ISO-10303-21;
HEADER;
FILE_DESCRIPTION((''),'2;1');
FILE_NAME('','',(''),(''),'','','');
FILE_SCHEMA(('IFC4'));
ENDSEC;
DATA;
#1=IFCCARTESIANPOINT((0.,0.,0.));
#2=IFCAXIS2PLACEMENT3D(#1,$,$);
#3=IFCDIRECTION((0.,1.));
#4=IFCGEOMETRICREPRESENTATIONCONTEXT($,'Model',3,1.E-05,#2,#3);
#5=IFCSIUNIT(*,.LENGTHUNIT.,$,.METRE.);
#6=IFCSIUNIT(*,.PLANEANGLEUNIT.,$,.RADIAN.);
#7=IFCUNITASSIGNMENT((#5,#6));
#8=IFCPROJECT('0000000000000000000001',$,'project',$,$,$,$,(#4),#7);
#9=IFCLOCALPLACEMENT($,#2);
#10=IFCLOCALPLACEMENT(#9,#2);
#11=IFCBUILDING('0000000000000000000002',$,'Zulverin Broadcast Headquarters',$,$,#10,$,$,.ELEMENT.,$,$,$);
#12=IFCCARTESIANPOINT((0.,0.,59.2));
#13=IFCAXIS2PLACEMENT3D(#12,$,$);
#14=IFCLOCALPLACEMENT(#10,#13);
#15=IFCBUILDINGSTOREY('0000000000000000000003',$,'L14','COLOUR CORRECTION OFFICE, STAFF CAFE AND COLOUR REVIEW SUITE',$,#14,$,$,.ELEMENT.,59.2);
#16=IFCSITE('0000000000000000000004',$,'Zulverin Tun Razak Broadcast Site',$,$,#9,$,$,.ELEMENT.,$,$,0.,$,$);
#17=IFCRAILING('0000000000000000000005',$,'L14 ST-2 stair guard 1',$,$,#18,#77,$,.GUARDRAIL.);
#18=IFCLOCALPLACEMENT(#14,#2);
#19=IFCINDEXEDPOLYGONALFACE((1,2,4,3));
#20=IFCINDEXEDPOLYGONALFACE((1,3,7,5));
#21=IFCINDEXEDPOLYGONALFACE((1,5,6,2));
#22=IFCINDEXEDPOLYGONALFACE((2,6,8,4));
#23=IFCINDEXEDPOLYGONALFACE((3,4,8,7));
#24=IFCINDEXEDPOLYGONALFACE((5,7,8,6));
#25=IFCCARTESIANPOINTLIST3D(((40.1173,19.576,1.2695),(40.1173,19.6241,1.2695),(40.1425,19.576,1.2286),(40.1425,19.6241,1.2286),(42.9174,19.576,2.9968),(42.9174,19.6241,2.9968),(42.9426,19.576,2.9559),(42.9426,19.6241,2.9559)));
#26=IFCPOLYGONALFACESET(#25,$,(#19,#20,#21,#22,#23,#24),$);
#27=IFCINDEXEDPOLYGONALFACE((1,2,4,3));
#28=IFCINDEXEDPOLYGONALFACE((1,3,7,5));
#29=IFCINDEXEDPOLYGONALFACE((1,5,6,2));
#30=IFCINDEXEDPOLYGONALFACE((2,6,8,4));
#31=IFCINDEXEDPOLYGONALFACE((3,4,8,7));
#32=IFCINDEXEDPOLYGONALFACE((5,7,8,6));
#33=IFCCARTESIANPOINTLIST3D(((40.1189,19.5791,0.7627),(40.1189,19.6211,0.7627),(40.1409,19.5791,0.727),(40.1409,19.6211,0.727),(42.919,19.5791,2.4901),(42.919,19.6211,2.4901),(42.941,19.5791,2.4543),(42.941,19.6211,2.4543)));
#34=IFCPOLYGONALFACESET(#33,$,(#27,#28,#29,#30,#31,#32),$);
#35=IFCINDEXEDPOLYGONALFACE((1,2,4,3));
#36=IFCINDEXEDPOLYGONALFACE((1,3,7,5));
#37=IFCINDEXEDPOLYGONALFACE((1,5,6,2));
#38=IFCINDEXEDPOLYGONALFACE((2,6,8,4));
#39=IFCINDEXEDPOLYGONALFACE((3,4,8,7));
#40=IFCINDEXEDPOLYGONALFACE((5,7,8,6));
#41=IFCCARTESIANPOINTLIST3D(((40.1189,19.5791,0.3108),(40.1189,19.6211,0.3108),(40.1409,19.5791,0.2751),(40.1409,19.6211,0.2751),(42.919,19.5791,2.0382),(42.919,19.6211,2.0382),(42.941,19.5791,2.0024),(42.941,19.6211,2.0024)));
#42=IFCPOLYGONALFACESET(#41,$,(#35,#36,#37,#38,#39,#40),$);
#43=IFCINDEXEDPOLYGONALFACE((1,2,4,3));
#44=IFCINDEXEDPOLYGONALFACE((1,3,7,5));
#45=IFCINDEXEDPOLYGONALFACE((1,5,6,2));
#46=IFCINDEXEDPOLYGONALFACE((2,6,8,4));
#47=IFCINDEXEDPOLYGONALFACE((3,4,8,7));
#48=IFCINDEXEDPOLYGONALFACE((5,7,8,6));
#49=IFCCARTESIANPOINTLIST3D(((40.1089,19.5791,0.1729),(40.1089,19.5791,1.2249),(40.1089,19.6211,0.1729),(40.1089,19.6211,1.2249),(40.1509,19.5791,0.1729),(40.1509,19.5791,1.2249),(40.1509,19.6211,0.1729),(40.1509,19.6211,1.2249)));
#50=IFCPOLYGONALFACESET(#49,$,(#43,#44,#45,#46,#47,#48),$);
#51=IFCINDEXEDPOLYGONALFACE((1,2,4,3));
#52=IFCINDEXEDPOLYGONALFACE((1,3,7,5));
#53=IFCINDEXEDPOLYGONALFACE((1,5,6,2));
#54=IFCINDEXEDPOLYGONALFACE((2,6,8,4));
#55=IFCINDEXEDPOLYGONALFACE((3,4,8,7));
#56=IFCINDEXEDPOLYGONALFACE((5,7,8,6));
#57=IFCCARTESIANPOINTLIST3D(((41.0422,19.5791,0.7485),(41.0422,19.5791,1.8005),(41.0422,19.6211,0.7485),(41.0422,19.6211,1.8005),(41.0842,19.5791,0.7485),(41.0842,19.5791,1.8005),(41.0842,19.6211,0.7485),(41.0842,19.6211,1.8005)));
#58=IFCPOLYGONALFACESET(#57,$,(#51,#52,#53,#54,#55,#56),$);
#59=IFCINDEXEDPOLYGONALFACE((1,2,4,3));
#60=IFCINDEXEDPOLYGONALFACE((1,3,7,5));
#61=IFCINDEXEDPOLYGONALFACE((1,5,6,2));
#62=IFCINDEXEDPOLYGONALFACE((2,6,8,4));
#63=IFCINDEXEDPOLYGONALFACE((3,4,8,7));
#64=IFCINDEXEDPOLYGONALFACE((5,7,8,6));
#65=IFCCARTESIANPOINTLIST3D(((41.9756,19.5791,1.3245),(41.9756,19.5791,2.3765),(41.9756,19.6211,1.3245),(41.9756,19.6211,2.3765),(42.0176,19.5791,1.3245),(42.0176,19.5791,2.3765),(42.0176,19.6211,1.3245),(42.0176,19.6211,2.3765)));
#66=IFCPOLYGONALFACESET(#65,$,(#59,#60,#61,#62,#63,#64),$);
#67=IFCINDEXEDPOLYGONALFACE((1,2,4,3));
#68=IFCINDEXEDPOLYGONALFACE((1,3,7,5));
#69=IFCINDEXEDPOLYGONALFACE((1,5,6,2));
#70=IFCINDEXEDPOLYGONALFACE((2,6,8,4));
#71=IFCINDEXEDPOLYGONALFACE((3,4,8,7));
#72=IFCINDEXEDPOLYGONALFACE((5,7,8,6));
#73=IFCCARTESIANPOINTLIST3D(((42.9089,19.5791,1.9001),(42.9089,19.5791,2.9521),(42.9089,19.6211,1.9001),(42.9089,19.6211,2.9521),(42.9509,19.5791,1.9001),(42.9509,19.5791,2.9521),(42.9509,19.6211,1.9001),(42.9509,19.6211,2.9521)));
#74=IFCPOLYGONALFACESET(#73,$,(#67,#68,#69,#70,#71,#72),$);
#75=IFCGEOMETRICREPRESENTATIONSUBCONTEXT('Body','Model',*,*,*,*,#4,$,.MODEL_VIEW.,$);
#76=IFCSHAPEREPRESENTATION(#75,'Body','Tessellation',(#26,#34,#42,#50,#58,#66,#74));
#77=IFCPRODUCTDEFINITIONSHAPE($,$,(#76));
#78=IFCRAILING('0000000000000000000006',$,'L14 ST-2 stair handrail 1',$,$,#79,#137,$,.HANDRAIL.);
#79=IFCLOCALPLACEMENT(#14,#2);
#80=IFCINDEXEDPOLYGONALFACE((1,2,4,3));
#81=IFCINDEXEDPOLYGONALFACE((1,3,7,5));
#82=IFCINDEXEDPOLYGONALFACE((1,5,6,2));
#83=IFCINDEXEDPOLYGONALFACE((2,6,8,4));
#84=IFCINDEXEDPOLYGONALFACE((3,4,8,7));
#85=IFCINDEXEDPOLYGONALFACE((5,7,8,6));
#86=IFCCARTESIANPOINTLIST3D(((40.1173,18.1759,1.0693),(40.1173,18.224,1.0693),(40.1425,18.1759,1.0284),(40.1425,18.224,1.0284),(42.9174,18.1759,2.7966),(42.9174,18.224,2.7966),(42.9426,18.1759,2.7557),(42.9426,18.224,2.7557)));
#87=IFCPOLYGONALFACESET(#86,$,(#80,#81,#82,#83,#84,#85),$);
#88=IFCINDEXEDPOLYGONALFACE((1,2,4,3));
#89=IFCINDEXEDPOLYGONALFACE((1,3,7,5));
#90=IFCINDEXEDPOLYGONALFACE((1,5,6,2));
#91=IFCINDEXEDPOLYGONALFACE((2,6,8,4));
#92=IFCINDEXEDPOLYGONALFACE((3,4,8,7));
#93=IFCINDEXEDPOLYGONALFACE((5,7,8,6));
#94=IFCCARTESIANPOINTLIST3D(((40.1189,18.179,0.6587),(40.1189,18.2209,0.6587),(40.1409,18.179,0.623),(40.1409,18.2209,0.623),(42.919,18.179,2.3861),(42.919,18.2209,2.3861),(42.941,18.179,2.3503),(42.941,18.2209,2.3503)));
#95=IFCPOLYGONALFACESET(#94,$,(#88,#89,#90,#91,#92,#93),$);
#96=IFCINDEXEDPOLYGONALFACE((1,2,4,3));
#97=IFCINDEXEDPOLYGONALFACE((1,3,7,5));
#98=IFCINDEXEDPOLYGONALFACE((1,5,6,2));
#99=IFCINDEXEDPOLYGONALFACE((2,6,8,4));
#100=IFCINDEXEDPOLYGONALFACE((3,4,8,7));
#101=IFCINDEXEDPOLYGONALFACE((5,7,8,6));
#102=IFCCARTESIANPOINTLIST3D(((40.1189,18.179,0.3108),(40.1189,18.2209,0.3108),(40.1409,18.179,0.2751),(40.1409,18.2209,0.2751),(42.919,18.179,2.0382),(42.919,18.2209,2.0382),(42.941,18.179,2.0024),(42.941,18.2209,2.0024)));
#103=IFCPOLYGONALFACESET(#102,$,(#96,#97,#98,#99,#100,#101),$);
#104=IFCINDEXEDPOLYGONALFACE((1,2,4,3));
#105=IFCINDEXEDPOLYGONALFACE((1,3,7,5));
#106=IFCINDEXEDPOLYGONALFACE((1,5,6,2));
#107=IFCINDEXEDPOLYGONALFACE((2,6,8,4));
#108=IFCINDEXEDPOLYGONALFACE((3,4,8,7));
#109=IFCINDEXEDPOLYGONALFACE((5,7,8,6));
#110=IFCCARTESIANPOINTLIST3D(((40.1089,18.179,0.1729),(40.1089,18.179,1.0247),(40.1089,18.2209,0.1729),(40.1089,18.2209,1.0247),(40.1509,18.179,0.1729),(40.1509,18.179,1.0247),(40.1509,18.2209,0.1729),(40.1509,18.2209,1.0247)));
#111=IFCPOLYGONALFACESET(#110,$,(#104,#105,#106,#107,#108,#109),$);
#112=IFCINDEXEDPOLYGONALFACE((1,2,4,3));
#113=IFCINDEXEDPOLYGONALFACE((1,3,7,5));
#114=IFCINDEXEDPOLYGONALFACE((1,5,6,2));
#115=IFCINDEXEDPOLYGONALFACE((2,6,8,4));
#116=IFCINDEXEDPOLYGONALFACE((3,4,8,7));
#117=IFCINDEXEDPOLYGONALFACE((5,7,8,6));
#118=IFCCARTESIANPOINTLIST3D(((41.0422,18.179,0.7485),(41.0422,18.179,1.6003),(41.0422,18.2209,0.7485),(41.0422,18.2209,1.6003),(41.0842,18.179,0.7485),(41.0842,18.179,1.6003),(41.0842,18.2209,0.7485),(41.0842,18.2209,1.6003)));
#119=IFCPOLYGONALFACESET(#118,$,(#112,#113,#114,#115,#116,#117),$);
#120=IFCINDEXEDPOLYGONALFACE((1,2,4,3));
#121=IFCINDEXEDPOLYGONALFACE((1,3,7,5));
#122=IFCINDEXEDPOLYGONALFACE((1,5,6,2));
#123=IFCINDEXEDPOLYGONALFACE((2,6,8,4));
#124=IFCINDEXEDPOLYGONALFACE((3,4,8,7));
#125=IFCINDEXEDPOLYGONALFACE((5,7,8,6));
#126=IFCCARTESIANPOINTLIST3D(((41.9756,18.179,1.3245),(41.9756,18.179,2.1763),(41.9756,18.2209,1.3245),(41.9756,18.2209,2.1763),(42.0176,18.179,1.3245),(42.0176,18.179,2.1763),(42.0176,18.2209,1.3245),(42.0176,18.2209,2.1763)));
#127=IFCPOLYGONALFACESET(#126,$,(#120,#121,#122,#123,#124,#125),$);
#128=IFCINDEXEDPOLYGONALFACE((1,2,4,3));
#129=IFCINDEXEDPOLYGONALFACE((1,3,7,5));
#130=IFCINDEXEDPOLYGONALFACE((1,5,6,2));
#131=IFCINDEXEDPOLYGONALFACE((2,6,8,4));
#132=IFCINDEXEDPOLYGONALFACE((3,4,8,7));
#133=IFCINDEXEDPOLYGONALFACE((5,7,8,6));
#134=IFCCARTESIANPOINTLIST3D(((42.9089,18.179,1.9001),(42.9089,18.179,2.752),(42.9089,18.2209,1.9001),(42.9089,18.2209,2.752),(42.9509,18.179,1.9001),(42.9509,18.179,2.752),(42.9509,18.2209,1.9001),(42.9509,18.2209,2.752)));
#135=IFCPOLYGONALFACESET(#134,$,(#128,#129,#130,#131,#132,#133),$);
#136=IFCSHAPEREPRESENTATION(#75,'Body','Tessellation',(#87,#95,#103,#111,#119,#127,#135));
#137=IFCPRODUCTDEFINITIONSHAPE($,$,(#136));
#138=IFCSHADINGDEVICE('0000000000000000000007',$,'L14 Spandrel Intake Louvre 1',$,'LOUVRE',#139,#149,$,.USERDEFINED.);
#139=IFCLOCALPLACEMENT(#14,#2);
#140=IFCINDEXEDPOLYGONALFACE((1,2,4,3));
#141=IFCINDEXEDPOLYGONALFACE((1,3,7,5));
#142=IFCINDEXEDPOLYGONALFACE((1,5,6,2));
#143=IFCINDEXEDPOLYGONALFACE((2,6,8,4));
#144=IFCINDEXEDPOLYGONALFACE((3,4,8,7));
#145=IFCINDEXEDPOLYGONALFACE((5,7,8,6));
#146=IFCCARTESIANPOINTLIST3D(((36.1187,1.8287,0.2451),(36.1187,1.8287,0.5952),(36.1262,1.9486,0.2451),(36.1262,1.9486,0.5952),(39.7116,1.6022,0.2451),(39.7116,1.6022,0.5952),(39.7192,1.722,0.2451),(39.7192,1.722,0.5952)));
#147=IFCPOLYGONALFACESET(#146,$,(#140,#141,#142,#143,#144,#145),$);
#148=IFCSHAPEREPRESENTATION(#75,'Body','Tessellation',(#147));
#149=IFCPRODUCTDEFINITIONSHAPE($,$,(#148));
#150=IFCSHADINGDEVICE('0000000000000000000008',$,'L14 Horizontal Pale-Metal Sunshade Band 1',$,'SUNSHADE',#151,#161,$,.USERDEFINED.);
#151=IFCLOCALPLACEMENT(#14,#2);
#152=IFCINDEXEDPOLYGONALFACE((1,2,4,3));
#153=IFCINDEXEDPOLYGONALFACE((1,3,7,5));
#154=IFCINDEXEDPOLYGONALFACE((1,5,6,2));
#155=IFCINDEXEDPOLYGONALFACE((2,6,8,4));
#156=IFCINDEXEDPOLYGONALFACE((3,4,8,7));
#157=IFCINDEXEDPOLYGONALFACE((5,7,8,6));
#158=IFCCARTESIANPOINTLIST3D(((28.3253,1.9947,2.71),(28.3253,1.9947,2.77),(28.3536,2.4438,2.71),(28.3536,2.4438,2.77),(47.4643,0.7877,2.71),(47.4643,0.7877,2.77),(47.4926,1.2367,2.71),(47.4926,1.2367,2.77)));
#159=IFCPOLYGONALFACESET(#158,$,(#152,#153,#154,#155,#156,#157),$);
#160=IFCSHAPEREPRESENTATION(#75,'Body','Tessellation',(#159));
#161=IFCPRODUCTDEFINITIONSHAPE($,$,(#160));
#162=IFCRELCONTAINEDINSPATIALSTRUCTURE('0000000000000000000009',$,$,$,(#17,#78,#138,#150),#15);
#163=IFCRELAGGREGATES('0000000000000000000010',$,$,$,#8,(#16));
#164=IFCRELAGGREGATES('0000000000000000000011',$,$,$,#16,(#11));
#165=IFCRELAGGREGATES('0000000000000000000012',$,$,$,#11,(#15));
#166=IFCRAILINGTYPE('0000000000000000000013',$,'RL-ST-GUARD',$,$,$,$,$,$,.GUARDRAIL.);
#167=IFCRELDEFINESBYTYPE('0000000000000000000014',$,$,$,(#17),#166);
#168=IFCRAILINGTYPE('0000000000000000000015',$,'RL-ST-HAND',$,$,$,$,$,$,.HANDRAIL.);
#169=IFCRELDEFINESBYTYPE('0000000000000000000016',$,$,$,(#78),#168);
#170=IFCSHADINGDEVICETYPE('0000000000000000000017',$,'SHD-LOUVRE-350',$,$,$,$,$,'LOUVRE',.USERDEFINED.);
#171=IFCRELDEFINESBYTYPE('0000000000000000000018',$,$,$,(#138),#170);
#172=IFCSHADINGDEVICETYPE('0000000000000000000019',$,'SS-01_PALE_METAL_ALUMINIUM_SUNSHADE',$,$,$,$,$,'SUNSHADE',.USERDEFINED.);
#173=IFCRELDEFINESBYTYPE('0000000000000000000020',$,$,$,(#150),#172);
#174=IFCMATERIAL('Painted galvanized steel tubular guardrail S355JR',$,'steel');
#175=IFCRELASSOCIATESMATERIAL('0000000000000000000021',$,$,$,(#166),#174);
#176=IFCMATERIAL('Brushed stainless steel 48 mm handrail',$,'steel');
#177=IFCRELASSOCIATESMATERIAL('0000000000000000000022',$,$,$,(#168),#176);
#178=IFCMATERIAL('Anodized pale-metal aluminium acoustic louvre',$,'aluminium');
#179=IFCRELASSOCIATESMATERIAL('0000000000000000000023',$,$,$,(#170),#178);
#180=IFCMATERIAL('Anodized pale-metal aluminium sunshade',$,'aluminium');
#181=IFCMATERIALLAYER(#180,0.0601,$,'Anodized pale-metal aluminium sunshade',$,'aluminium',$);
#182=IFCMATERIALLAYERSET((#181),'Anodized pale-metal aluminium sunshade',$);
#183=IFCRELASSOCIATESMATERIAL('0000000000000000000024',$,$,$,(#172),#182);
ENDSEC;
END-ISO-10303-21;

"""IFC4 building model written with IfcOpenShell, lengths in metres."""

from ifc_helpers import new_model, si_unit, direction, frame, origin, origin_2d, place, context, subcontext, project, spatial, rectangle, extrude, material, layer, layer_set, type_object, element, save


model = new_model("IFC4")

# Units and contexts
model_context = context("Model", 3, precision=1e-05, world=origin(), true_north=direction((0.0, 1.0)))
body_context = subcontext(model_context, "Body", "Model", "MODEL_VIEW")
ifc_project = project(units=[si_unit("LENGTHUNIT", "METRE"), si_unit("PLANEANGLEUNIT", "RADIAN")], contexts=[model_context])

# Site, building, storey
site_placement = place(None, origin())
site = spatial("IfcSite", under=ifc_project, at=site_placement, Name="Zulverin Tun Razak Broadcast Site", CompositionType="ELEMENT", RefElevation=0.0)
building_placement = place(site_placement, origin())
building = spatial("IfcBuilding", under=site, at=building_placement, Name="Zulverin Broadcast Headquarters", CompositionType="ELEMENT")
storey_placement = place(building_placement, frame((0.0, 0.0, 59.2)))
storey = spatial("IfcBuildingStorey", under=building, at=storey_placement, Name="L14", Description="COLOUR CORRECTION OFFICE, STAFF CAFE AND COLOUR REVIEW SUITE", CompositionType="ELEMENT", Elevation=59.2)

# Railings
ifc_material_1 = material(Name="Painted galvanized steel tubular guardrail S355JR", Category="steel")
railing_type_1 = type_object("IfcRailingType", Name="RL-ST-GUARD", PredefinedType="GUARDRAIL", material=ifc_material_1)
railing_1_placement = place(storey_placement, frame((40.1299, 19.6001, 0.1729)))
element("IfcRailing", 1, at=railing_1_placement, inside=storey, type_object=railing_type_1, Name="L14 ST-2 stair guard 1", PredefinedType="GUARDRAIL", context=body_context, shape_type="SweptSolid", body=[
    extrude(rectangle(XDim=0.0481, YDim=0.0481, at=origin_2d()), frame((0.0, 0.0, 1.0762), z_axis=(0.85109, 0.0, 0.52502), x_axis=(0.0, 1.0, 0.0)), (0.0, 0.0, 1.0), 3.29),
    extrude(rectangle(XDim=0.042, YDim=0.042, at=origin_2d()), frame((0.0, 0.0, 0.572), z_axis=(0.85109, 0.0, 0.52502), x_axis=(0.0, 1.0, 0.0)), (0.0, 0.0, 1.0), 3.29),
    extrude(rectangle(XDim=0.042, YDim=0.042, at=origin_2d()), frame((0.0, 0.0, 0.1201), z_axis=(0.85109, 0.0, 0.52502), x_axis=(0.0, 1.0, 0.0)), (0.0, 0.0, 1.0), 3.29),
    extrude(rectangle(XDim=0.042, YDim=0.042, at=origin_2d()), origin(), (0.0, 0.0, 1.0), 1.052),
    extrude(rectangle(XDim=0.042, YDim=0.042, at=origin_2d()), frame((0.9333, 0.0, 0.5757)), (0.0, 0.0, 1.0), 1.052),
    extrude(rectangle(XDim=0.042, YDim=0.042, at=origin_2d()), frame((1.8667, 0.0, 1.1516)), (0.0, 0.0, 1.0), 1.052),
    extrude(rectangle(XDim=0.042, YDim=0.042, at=origin_2d()), frame((2.8, 0.0, 1.7273)), (0.0, 0.0, 1.0), 1.052),
])
ifc_material_2 = material(Name="Brushed stainless steel 48 mm handrail", Category="steel")
railing_type_2 = type_object("IfcRailingType", Name="RL-ST-HAND", PredefinedType="HANDRAIL", material=ifc_material_2)
railing_2_placement = place(storey_placement, frame((40.1299, 18.2, 0.1729)))
element("IfcRailing", 2, at=railing_2_placement, inside=storey, type_object=railing_type_2, Name="L14 ST-2 stair handrail 1", PredefinedType="HANDRAIL", context=body_context, shape_type="SweptSolid", body=[
    extrude(rectangle(XDim=0.0481, YDim=0.0481, at=origin_2d()), frame((0.0, 0.0, 0.876), z_axis=(0.85109, 0.0, 0.52502), x_axis=(0.0, 1.0, 0.0)), (0.0, 0.0, 1.0), 3.29),
    extrude(rectangle(XDim=0.042, YDim=0.042, at=origin_2d()), frame((0.0, 0.0, 0.468), z_axis=(0.85109, 0.0, 0.52502), x_axis=(0.0, 1.0, 0.0)), (0.0, 0.0, 1.0), 3.29),
    extrude(rectangle(XDim=0.042, YDim=0.042, at=origin_2d()), frame((0.0, 0.0, 0.1201), z_axis=(0.85109, 0.0, 0.52502), x_axis=(0.0, 1.0, 0.0)), (0.0, 0.0, 1.0), 3.29),
    extrude(rectangle(XDim=0.042, YDim=0.042, at=origin_2d()), origin(), (0.0, 0.0, 1.0), 0.8518),
    extrude(rectangle(XDim=0.042, YDim=0.042, at=origin_2d()), frame((0.9333, 0.0, 0.5757)), (0.0, 0.0, 1.0), 0.8518),
    extrude(rectangle(XDim=0.042, YDim=0.042, at=origin_2d()), frame((1.8667, 0.0, 1.1516)), (0.0, 0.0, 1.0), 0.8518),
    extrude(rectangle(XDim=0.042, YDim=0.042, at=origin_2d()), frame((2.8, 0.0, 1.7273)), (0.0, 0.0, 1.0), 0.8518),
])

# Shading devices
ifc_material_3 = material(Name="Anodized pale-metal aluminium acoustic louvre", Category="aluminium")
shading_device_type_1 = type_object("IfcShadingDeviceType", Name="SHD-LOUVRE-350", ElementType="LOUVRE", PredefinedType="USERDEFINED", material=ifc_material_3)
shading_device_1_placement = place(storey_placement, frame((37.9189, 1.7754, 0.2451), z_axis=(0.0, 0.0, 1.0), x_axis=(0.998017, -0.062942, 0.0)))
element("IfcShadingDevice", 3, at=shading_device_1_placement, inside=storey, type_object=shading_device_type_1, Name="L14 Spandrel Intake Louvre 1", ObjectType="LOUVRE", PredefinedType="USERDEFINED", context=body_context, shape_type="SweptSolid", body=[
    extrude(rectangle(XDim=3.6001, YDim=0.1201, at=origin_2d()), origin(), (0.0, 0.0, 1.0), 0.3501),
])
ifc_material_4 = material(Name="Anodized pale-metal aluminium sunshade", Category="aluminium")
ifc_layer_1 = layer(ifc_material_4, 0.0601, Name="Anodized pale-metal aluminium sunshade", Category="aluminium")
ifc_layer_set_1 = layer_set([ifc_layer_1], Name="Anodized pale-metal aluminium sunshade")
shading_device_type_2 = type_object("IfcShadingDeviceType", Name="SS-01_PALE_METAL_ALUMINIUM_SUNSHADE", ElementType="SUNSHADE", PredefinedType="USERDEFINED", material=ifc_layer_set_1)
shading_device_2_placement = place(storey_placement, frame((37.9089, 1.6157, 2.71), z_axis=(0.0, 0.0, 1.0), x_axis=(0.998017, -0.062942, 0.0)))
element("IfcShadingDevice", 4, at=shading_device_2_placement, inside=storey, type_object=shading_device_type_2, Name="L14 Horizontal Pale-Metal Sunshade Band 1", ObjectType="SUNSHADE", PredefinedType="USERDEFINED", context=body_context, shape_type="SweptSolid", body=[
    extrude(rectangle(XDim=19.177, YDim=0.45, at=origin_2d()), origin(), (0.0, 0.0, 1.0), 0.0601),
])

save(model, "model.ifc")
